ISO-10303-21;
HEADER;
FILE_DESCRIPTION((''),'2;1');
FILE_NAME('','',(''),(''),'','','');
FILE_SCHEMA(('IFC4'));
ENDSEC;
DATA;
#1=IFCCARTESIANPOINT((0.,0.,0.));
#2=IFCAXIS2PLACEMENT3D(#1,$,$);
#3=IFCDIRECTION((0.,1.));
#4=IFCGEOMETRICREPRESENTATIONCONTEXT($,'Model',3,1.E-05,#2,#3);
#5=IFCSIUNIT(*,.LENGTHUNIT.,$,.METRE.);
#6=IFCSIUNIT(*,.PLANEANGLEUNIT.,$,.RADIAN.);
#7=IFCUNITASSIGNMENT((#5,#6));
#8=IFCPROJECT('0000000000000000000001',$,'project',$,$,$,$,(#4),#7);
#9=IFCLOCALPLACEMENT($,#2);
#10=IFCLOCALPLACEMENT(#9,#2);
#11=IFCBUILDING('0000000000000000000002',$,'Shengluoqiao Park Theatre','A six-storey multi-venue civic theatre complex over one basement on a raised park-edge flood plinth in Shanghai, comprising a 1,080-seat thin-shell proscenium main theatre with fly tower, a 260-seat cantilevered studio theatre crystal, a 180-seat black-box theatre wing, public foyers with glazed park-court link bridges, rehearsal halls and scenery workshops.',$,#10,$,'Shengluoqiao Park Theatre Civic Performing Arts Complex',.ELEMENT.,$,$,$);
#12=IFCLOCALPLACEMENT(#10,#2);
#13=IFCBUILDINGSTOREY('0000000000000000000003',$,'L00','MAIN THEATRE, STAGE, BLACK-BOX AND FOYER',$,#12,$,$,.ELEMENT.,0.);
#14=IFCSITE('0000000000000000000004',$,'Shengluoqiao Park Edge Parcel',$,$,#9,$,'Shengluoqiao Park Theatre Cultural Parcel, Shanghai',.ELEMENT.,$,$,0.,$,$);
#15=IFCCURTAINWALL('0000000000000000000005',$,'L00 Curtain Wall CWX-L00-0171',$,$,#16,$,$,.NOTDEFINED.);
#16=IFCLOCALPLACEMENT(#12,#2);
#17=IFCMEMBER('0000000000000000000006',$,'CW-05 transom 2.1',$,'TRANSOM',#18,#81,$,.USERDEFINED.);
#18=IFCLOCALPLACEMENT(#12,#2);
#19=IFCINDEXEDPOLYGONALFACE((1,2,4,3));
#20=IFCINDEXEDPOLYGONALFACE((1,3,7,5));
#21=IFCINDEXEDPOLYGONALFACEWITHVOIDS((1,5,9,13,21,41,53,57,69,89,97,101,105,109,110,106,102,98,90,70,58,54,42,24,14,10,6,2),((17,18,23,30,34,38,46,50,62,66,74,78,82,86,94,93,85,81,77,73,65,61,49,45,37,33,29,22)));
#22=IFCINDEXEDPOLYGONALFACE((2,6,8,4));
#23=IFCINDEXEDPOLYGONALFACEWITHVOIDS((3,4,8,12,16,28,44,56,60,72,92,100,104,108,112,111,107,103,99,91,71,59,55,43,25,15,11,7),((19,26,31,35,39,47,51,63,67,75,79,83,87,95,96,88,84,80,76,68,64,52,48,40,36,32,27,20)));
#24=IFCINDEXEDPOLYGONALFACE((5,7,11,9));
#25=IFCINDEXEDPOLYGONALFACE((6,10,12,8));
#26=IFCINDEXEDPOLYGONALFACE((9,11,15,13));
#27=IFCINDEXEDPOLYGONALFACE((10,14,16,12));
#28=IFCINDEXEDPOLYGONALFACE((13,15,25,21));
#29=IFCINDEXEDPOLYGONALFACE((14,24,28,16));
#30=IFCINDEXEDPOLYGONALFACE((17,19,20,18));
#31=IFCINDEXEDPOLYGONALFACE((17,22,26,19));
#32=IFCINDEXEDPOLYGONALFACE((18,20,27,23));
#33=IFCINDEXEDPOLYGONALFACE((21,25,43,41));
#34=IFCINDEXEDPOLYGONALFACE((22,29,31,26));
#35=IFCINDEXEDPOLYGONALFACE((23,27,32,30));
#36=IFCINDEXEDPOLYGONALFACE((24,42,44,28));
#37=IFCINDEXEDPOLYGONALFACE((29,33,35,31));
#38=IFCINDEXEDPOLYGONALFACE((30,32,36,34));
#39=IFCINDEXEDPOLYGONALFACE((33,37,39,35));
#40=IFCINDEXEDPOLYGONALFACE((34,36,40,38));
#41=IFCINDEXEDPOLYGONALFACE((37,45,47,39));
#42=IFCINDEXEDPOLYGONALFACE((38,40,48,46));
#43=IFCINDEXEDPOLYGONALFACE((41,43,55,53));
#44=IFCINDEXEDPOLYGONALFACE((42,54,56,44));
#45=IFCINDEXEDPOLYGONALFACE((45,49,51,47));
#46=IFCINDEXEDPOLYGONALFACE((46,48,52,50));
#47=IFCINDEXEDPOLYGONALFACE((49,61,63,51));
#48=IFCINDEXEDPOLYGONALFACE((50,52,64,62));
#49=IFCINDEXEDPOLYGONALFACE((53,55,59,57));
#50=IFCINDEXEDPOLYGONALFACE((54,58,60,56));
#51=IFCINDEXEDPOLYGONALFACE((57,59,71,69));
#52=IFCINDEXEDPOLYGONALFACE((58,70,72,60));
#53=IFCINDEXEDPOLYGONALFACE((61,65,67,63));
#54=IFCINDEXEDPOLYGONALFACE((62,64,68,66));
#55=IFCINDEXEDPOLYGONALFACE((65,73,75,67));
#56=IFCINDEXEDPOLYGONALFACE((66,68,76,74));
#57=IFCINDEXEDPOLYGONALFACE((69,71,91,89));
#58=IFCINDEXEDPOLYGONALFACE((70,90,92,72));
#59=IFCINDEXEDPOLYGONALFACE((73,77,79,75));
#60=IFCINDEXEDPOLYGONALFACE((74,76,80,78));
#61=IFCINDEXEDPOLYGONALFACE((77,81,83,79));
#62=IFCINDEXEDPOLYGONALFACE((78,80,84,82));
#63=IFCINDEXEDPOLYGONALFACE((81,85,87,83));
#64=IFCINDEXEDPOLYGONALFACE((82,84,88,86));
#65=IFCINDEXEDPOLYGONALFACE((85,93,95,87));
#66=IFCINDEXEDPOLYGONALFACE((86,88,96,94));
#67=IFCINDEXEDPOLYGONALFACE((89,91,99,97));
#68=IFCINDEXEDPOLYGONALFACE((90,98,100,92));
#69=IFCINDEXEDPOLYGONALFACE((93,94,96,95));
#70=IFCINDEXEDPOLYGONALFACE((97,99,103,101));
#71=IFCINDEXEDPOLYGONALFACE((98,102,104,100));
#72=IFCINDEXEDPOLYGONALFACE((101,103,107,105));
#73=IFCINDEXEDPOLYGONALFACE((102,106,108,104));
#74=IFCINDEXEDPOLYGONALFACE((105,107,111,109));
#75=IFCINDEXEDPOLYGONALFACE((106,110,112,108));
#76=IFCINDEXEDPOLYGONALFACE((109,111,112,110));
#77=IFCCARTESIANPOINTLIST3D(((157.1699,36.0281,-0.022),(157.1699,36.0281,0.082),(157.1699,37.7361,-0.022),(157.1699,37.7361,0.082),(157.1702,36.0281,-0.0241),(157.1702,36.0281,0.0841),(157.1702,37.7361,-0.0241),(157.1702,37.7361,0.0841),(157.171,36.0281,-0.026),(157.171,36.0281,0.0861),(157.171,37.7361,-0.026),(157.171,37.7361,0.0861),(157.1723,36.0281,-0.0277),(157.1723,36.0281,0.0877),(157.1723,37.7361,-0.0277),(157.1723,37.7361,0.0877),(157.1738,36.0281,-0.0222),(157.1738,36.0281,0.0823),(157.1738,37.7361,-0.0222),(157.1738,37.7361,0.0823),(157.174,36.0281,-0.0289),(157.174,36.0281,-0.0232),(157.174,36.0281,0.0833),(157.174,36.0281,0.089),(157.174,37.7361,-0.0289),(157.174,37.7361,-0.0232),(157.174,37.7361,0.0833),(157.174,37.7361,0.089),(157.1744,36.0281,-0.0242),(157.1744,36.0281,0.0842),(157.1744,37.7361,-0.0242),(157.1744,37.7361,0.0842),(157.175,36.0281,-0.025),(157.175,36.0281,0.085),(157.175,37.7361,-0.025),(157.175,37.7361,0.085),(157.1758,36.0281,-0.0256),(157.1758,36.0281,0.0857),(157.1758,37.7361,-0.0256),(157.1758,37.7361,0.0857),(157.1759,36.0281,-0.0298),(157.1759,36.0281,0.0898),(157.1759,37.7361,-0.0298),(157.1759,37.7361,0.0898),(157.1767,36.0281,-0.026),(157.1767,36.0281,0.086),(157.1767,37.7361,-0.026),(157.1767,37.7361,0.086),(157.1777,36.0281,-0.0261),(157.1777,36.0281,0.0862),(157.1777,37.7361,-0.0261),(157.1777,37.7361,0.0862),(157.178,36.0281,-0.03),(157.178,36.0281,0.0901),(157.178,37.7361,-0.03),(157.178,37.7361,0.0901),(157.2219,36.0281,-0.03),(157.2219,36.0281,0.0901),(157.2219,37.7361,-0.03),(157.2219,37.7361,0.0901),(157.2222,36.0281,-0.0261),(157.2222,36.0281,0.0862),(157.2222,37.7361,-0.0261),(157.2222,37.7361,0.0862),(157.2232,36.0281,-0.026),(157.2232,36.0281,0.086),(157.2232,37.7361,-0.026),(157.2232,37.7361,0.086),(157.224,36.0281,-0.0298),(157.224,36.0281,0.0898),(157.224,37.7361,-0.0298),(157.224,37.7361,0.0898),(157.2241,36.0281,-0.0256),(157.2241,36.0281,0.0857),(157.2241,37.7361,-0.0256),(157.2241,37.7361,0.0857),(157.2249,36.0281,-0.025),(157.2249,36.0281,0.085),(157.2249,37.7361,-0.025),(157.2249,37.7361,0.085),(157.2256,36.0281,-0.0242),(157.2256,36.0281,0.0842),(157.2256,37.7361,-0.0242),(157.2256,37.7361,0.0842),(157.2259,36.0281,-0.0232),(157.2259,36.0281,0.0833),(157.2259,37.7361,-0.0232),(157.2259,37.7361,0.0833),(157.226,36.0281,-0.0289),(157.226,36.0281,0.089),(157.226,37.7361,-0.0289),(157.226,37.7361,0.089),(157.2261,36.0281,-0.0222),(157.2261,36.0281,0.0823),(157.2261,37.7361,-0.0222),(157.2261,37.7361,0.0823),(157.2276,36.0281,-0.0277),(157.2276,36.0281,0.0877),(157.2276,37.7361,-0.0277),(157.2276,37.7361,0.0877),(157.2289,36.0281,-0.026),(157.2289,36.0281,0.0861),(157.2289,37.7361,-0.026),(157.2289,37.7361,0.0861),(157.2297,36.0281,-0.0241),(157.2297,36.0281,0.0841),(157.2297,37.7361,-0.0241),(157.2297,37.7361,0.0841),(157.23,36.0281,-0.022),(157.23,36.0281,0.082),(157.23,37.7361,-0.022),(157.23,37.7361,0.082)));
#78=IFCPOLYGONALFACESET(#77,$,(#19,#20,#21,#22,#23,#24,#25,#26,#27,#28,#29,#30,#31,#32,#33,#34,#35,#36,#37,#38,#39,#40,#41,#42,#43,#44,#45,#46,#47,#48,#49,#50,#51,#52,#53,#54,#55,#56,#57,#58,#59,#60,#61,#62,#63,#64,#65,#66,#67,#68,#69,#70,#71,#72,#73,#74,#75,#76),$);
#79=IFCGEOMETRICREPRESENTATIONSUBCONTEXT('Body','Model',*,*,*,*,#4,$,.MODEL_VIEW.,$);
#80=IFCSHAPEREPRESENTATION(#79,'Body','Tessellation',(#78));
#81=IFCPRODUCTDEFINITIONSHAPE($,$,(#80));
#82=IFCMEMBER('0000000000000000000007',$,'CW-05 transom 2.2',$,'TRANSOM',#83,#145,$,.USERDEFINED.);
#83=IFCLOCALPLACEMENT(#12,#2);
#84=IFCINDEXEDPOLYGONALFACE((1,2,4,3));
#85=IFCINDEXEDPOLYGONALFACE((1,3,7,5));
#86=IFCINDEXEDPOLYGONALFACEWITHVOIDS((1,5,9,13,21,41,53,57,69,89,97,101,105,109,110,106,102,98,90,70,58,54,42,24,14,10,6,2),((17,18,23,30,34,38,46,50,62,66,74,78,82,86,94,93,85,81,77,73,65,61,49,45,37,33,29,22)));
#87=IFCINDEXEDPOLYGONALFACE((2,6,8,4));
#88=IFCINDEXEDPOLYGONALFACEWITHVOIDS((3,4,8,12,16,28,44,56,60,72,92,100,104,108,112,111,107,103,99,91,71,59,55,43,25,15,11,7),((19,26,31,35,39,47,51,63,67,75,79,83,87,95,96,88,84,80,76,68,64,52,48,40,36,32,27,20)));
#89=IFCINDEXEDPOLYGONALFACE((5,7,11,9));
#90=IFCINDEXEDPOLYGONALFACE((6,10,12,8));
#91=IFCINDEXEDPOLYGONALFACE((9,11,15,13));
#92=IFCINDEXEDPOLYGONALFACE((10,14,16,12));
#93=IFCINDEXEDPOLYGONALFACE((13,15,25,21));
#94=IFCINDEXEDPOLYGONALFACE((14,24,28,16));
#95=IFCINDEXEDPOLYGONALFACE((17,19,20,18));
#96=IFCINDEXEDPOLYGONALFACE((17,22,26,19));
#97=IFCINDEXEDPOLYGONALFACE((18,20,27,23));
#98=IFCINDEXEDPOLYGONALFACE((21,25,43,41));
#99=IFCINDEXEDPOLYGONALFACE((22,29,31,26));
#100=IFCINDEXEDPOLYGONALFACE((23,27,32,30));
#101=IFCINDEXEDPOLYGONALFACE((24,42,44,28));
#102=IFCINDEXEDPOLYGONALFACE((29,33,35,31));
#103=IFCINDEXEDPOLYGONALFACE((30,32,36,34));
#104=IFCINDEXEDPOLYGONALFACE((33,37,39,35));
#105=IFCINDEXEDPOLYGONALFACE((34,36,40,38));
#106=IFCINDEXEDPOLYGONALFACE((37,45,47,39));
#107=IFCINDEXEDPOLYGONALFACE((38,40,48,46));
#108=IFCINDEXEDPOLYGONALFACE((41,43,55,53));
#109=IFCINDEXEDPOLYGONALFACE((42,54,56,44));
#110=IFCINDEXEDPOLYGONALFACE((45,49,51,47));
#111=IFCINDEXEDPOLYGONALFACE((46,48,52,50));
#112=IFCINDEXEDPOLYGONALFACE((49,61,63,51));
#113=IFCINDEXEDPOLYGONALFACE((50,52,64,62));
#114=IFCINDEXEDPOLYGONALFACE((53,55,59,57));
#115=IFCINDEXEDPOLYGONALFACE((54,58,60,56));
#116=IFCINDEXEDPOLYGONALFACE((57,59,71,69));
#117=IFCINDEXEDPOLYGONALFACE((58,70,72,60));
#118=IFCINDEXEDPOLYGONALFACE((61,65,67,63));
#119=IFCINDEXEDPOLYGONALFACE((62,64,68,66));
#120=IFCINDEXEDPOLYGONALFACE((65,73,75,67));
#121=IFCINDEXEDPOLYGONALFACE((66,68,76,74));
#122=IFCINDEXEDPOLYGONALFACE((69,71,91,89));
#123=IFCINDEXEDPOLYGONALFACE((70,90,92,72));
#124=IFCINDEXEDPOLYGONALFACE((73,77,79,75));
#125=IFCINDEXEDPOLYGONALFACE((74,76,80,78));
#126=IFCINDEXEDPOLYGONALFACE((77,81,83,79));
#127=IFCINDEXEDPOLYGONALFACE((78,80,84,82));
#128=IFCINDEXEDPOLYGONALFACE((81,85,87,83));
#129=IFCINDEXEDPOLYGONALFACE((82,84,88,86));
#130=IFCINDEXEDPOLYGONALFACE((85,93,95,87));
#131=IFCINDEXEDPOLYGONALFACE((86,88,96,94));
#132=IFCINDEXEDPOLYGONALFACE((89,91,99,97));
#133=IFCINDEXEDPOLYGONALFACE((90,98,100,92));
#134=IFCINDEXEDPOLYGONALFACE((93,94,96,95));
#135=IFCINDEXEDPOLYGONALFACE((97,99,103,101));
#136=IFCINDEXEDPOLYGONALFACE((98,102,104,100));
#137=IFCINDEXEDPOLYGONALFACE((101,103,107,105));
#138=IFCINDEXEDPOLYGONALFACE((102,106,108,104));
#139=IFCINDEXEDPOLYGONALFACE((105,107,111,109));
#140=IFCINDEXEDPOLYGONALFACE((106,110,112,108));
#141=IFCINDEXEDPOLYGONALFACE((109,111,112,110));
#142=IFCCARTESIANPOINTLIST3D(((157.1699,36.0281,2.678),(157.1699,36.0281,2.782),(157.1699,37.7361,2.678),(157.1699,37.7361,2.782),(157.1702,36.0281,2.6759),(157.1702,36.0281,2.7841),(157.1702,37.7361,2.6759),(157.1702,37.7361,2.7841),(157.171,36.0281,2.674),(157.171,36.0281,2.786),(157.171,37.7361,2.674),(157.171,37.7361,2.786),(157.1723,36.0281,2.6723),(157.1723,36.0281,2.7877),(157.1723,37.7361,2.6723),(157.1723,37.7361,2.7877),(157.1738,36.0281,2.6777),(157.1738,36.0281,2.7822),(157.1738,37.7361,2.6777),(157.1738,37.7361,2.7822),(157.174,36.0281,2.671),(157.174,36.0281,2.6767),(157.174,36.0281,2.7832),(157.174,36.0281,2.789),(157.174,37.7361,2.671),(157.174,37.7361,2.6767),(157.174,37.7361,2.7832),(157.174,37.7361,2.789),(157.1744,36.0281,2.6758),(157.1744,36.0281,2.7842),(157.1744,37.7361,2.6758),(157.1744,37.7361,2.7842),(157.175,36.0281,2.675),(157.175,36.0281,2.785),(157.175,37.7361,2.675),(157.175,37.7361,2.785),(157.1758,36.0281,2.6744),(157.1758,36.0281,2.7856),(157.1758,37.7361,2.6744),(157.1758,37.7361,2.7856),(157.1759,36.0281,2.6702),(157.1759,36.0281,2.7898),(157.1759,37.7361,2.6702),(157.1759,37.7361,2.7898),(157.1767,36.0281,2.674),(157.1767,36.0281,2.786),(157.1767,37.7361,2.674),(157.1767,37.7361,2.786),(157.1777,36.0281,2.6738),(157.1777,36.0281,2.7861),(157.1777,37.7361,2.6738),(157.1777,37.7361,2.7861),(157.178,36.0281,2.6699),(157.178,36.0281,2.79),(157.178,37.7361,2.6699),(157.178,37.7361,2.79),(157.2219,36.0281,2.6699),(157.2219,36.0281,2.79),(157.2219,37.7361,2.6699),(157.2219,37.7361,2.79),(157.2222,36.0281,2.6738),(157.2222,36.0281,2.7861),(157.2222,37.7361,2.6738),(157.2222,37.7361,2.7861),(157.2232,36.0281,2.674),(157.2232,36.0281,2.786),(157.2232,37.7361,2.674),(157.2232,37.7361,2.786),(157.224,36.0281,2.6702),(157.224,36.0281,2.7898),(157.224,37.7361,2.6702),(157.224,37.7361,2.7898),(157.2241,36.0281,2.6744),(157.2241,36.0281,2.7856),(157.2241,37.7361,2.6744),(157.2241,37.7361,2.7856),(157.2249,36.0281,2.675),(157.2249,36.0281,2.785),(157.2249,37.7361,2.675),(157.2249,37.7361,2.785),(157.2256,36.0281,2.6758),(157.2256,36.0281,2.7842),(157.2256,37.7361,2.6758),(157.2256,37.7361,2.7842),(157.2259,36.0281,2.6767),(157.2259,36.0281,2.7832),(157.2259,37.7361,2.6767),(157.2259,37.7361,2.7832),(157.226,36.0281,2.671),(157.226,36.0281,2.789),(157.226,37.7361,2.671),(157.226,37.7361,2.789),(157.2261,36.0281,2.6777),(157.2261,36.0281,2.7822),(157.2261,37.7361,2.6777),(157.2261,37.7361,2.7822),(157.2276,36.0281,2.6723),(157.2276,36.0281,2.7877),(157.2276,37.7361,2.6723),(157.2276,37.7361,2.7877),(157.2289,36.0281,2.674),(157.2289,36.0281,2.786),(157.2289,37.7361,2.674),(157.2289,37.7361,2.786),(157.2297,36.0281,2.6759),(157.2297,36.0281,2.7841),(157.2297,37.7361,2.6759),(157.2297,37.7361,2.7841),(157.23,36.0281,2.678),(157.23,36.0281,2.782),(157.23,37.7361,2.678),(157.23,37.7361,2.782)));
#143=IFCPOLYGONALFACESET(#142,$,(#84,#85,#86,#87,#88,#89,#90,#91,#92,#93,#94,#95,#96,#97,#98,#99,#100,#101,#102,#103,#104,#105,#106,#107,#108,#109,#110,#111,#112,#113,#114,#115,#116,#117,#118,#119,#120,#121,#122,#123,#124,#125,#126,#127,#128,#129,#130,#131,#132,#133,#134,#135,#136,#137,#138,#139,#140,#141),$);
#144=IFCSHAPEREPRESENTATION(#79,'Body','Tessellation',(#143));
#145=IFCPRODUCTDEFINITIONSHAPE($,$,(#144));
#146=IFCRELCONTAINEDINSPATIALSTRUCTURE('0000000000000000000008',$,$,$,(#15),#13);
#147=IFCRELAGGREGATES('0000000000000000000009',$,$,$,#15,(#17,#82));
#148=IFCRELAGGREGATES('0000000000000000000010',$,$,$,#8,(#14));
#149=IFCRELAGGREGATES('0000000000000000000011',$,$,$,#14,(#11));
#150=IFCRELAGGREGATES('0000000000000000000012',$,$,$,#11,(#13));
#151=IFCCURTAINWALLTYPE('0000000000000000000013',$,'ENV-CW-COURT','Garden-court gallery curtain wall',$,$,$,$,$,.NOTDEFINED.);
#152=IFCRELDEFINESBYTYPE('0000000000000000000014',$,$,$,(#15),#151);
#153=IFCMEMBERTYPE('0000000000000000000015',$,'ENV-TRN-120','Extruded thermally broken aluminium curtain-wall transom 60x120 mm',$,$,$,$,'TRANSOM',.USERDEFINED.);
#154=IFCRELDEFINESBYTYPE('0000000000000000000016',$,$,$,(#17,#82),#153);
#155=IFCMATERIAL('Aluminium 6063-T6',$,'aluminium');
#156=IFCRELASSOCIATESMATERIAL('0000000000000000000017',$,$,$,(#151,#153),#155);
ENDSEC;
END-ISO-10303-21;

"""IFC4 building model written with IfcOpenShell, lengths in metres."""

from ifc_helpers import new_model, si_unit, direction, frame, origin, origin_2d, place, context, subcontext, project, spatial, hollow_rectangle, extrude, material, material_profile, profile_set, type_object, element, aggregate, save


model = new_model("IFC4")

# Units and contexts
model_context = context("Model", 3, precision=1e-05, world=origin(), true_north=direction((0.0, 1.0)))
body_context = subcontext(model_context, "Body", "Model", "MODEL_VIEW")
ifc_project = project(units=[si_unit("LENGTHUNIT", "METRE"), si_unit("PLANEANGLEUNIT", "RADIAN")], contexts=[model_context])

# Site, building, storey
site_placement = place(None, origin())
site = spatial("IfcSite", under=ifc_project, at=site_placement, Name="Shengluoqiao Park Edge Parcel", LongName="Shengluoqiao Park Theatre Cultural Parcel, Shanghai", CompositionType="ELEMENT", RefElevation=0.0)
building_placement = place(site_placement, origin())
building = spatial("IfcBuilding", under=site, at=building_placement, Name="Shengluoqiao Park Theatre", Description="A six-storey multi-venue civic theatre complex over one basement on a raised park-edge flood plinth in Shanghai, comprising a 1,080-seat thin-shell proscenium main theatre with fly tower, a 260-seat cantilevered studio theatre crystal, a 180-seat black-box theatre wing, public foyers with glazed park-court link bridges, rehearsal halls and scenery workshops.", LongName="Shengluoqiao Park Theatre Civic Performing Arts Complex", CompositionType="ELEMENT")
storey_placement = place(building_placement, origin())
storey = spatial("IfcBuildingStorey", under=building, at=storey_placement, Name="L00", Description="MAIN THEATRE, STAGE, BLACK-BOX AND FOYER", CompositionType="ELEMENT", Elevation=0.0)

# Shared definitions
ifc_material_1 = material(Name="Aluminium 6063-T6", Category="aluminium")
curtain_wall_type = type_object("IfcCurtainWallType", Name="ENV-CW-COURT", Description="Garden-court gallery curtain wall", PredefinedType="NOTDEFINED", material=ifc_material_1)

# Curtain wall
curtain_wall_1_placement = place(storey_placement, origin())
curtain_wall_1 = element("IfcCurtainWall", 1, at=curtain_wall_1_placement, inside=storey, type_object=curtain_wall_type, Name="L00 Curtain Wall CWX-L00-0171", PredefinedType="NOTDEFINED")

# Members
ifc_material_profile_1 = material_profile(ifc_material_1, hollow_rectangle(XDim=0.0601, YDim=0.1201, WallThickness=0.0039, InnerFilletRadius=0.0039, OuterFilletRadius=0.0081, at=origin_2d()), Name="ALU TRANSOM 120x60x4")
ifc_profile_set_1 = profile_set([ifc_material_profile_1], Name="Aluminium 6063-T6")
member_type_1 = type_object("IfcMemberType", Name="ENV-TRN-120", Description="Extruded thermally broken aluminium curtain-wall transom 60x120 mm", ElementType="TRANSOM", PredefinedType="USERDEFINED", material=ifc_profile_set_1)
member_1_placement = place(storey_placement, frame((157.2, 36.0281, 0.03), z_axis=(0.0, 1.0, 0.0), x_axis=(-1.0, 0.0, 0.0)))
member_1 = element("IfcMember", 2, at=member_1_placement, type_object=member_type_1, Name="CW-05 transom 2.1", ObjectType="TRANSOM", PredefinedType="USERDEFINED", context=body_context, shape_type="SweptSolid", body=[
    extrude(hollow_rectangle(XDim=0.0601, YDim=0.1201, WallThickness=0.0039, InnerFilletRadius=0.0039, OuterFilletRadius=0.0081, at=origin_2d()), origin(), (0.0, 0.0, 1.0), 1.708),
])
member_2_placement = place(storey_placement, frame((157.2, 36.0281, 2.73), z_axis=(0.0, 1.0, 0.0), x_axis=(-1.0, 0.0, 0.0)))
member_2 = element("IfcMember", 3, at=member_2_placement, type_object=member_type_1, Name="CW-05 transom 2.2", ObjectType="TRANSOM", PredefinedType="USERDEFINED", context=body_context, shape_type="SweptSolid", body=[
    extrude(hollow_rectangle(XDim=0.0601, YDim=0.1201, WallThickness=0.0039, InnerFilletRadius=0.0039, OuterFilletRadius=0.0081, at=origin_2d()), origin(), (0.0, 0.0, 1.0), 1.708),
])

aggregate(curtain_wall_1, [member_1, member_2])

save(model, "model.ifc")
